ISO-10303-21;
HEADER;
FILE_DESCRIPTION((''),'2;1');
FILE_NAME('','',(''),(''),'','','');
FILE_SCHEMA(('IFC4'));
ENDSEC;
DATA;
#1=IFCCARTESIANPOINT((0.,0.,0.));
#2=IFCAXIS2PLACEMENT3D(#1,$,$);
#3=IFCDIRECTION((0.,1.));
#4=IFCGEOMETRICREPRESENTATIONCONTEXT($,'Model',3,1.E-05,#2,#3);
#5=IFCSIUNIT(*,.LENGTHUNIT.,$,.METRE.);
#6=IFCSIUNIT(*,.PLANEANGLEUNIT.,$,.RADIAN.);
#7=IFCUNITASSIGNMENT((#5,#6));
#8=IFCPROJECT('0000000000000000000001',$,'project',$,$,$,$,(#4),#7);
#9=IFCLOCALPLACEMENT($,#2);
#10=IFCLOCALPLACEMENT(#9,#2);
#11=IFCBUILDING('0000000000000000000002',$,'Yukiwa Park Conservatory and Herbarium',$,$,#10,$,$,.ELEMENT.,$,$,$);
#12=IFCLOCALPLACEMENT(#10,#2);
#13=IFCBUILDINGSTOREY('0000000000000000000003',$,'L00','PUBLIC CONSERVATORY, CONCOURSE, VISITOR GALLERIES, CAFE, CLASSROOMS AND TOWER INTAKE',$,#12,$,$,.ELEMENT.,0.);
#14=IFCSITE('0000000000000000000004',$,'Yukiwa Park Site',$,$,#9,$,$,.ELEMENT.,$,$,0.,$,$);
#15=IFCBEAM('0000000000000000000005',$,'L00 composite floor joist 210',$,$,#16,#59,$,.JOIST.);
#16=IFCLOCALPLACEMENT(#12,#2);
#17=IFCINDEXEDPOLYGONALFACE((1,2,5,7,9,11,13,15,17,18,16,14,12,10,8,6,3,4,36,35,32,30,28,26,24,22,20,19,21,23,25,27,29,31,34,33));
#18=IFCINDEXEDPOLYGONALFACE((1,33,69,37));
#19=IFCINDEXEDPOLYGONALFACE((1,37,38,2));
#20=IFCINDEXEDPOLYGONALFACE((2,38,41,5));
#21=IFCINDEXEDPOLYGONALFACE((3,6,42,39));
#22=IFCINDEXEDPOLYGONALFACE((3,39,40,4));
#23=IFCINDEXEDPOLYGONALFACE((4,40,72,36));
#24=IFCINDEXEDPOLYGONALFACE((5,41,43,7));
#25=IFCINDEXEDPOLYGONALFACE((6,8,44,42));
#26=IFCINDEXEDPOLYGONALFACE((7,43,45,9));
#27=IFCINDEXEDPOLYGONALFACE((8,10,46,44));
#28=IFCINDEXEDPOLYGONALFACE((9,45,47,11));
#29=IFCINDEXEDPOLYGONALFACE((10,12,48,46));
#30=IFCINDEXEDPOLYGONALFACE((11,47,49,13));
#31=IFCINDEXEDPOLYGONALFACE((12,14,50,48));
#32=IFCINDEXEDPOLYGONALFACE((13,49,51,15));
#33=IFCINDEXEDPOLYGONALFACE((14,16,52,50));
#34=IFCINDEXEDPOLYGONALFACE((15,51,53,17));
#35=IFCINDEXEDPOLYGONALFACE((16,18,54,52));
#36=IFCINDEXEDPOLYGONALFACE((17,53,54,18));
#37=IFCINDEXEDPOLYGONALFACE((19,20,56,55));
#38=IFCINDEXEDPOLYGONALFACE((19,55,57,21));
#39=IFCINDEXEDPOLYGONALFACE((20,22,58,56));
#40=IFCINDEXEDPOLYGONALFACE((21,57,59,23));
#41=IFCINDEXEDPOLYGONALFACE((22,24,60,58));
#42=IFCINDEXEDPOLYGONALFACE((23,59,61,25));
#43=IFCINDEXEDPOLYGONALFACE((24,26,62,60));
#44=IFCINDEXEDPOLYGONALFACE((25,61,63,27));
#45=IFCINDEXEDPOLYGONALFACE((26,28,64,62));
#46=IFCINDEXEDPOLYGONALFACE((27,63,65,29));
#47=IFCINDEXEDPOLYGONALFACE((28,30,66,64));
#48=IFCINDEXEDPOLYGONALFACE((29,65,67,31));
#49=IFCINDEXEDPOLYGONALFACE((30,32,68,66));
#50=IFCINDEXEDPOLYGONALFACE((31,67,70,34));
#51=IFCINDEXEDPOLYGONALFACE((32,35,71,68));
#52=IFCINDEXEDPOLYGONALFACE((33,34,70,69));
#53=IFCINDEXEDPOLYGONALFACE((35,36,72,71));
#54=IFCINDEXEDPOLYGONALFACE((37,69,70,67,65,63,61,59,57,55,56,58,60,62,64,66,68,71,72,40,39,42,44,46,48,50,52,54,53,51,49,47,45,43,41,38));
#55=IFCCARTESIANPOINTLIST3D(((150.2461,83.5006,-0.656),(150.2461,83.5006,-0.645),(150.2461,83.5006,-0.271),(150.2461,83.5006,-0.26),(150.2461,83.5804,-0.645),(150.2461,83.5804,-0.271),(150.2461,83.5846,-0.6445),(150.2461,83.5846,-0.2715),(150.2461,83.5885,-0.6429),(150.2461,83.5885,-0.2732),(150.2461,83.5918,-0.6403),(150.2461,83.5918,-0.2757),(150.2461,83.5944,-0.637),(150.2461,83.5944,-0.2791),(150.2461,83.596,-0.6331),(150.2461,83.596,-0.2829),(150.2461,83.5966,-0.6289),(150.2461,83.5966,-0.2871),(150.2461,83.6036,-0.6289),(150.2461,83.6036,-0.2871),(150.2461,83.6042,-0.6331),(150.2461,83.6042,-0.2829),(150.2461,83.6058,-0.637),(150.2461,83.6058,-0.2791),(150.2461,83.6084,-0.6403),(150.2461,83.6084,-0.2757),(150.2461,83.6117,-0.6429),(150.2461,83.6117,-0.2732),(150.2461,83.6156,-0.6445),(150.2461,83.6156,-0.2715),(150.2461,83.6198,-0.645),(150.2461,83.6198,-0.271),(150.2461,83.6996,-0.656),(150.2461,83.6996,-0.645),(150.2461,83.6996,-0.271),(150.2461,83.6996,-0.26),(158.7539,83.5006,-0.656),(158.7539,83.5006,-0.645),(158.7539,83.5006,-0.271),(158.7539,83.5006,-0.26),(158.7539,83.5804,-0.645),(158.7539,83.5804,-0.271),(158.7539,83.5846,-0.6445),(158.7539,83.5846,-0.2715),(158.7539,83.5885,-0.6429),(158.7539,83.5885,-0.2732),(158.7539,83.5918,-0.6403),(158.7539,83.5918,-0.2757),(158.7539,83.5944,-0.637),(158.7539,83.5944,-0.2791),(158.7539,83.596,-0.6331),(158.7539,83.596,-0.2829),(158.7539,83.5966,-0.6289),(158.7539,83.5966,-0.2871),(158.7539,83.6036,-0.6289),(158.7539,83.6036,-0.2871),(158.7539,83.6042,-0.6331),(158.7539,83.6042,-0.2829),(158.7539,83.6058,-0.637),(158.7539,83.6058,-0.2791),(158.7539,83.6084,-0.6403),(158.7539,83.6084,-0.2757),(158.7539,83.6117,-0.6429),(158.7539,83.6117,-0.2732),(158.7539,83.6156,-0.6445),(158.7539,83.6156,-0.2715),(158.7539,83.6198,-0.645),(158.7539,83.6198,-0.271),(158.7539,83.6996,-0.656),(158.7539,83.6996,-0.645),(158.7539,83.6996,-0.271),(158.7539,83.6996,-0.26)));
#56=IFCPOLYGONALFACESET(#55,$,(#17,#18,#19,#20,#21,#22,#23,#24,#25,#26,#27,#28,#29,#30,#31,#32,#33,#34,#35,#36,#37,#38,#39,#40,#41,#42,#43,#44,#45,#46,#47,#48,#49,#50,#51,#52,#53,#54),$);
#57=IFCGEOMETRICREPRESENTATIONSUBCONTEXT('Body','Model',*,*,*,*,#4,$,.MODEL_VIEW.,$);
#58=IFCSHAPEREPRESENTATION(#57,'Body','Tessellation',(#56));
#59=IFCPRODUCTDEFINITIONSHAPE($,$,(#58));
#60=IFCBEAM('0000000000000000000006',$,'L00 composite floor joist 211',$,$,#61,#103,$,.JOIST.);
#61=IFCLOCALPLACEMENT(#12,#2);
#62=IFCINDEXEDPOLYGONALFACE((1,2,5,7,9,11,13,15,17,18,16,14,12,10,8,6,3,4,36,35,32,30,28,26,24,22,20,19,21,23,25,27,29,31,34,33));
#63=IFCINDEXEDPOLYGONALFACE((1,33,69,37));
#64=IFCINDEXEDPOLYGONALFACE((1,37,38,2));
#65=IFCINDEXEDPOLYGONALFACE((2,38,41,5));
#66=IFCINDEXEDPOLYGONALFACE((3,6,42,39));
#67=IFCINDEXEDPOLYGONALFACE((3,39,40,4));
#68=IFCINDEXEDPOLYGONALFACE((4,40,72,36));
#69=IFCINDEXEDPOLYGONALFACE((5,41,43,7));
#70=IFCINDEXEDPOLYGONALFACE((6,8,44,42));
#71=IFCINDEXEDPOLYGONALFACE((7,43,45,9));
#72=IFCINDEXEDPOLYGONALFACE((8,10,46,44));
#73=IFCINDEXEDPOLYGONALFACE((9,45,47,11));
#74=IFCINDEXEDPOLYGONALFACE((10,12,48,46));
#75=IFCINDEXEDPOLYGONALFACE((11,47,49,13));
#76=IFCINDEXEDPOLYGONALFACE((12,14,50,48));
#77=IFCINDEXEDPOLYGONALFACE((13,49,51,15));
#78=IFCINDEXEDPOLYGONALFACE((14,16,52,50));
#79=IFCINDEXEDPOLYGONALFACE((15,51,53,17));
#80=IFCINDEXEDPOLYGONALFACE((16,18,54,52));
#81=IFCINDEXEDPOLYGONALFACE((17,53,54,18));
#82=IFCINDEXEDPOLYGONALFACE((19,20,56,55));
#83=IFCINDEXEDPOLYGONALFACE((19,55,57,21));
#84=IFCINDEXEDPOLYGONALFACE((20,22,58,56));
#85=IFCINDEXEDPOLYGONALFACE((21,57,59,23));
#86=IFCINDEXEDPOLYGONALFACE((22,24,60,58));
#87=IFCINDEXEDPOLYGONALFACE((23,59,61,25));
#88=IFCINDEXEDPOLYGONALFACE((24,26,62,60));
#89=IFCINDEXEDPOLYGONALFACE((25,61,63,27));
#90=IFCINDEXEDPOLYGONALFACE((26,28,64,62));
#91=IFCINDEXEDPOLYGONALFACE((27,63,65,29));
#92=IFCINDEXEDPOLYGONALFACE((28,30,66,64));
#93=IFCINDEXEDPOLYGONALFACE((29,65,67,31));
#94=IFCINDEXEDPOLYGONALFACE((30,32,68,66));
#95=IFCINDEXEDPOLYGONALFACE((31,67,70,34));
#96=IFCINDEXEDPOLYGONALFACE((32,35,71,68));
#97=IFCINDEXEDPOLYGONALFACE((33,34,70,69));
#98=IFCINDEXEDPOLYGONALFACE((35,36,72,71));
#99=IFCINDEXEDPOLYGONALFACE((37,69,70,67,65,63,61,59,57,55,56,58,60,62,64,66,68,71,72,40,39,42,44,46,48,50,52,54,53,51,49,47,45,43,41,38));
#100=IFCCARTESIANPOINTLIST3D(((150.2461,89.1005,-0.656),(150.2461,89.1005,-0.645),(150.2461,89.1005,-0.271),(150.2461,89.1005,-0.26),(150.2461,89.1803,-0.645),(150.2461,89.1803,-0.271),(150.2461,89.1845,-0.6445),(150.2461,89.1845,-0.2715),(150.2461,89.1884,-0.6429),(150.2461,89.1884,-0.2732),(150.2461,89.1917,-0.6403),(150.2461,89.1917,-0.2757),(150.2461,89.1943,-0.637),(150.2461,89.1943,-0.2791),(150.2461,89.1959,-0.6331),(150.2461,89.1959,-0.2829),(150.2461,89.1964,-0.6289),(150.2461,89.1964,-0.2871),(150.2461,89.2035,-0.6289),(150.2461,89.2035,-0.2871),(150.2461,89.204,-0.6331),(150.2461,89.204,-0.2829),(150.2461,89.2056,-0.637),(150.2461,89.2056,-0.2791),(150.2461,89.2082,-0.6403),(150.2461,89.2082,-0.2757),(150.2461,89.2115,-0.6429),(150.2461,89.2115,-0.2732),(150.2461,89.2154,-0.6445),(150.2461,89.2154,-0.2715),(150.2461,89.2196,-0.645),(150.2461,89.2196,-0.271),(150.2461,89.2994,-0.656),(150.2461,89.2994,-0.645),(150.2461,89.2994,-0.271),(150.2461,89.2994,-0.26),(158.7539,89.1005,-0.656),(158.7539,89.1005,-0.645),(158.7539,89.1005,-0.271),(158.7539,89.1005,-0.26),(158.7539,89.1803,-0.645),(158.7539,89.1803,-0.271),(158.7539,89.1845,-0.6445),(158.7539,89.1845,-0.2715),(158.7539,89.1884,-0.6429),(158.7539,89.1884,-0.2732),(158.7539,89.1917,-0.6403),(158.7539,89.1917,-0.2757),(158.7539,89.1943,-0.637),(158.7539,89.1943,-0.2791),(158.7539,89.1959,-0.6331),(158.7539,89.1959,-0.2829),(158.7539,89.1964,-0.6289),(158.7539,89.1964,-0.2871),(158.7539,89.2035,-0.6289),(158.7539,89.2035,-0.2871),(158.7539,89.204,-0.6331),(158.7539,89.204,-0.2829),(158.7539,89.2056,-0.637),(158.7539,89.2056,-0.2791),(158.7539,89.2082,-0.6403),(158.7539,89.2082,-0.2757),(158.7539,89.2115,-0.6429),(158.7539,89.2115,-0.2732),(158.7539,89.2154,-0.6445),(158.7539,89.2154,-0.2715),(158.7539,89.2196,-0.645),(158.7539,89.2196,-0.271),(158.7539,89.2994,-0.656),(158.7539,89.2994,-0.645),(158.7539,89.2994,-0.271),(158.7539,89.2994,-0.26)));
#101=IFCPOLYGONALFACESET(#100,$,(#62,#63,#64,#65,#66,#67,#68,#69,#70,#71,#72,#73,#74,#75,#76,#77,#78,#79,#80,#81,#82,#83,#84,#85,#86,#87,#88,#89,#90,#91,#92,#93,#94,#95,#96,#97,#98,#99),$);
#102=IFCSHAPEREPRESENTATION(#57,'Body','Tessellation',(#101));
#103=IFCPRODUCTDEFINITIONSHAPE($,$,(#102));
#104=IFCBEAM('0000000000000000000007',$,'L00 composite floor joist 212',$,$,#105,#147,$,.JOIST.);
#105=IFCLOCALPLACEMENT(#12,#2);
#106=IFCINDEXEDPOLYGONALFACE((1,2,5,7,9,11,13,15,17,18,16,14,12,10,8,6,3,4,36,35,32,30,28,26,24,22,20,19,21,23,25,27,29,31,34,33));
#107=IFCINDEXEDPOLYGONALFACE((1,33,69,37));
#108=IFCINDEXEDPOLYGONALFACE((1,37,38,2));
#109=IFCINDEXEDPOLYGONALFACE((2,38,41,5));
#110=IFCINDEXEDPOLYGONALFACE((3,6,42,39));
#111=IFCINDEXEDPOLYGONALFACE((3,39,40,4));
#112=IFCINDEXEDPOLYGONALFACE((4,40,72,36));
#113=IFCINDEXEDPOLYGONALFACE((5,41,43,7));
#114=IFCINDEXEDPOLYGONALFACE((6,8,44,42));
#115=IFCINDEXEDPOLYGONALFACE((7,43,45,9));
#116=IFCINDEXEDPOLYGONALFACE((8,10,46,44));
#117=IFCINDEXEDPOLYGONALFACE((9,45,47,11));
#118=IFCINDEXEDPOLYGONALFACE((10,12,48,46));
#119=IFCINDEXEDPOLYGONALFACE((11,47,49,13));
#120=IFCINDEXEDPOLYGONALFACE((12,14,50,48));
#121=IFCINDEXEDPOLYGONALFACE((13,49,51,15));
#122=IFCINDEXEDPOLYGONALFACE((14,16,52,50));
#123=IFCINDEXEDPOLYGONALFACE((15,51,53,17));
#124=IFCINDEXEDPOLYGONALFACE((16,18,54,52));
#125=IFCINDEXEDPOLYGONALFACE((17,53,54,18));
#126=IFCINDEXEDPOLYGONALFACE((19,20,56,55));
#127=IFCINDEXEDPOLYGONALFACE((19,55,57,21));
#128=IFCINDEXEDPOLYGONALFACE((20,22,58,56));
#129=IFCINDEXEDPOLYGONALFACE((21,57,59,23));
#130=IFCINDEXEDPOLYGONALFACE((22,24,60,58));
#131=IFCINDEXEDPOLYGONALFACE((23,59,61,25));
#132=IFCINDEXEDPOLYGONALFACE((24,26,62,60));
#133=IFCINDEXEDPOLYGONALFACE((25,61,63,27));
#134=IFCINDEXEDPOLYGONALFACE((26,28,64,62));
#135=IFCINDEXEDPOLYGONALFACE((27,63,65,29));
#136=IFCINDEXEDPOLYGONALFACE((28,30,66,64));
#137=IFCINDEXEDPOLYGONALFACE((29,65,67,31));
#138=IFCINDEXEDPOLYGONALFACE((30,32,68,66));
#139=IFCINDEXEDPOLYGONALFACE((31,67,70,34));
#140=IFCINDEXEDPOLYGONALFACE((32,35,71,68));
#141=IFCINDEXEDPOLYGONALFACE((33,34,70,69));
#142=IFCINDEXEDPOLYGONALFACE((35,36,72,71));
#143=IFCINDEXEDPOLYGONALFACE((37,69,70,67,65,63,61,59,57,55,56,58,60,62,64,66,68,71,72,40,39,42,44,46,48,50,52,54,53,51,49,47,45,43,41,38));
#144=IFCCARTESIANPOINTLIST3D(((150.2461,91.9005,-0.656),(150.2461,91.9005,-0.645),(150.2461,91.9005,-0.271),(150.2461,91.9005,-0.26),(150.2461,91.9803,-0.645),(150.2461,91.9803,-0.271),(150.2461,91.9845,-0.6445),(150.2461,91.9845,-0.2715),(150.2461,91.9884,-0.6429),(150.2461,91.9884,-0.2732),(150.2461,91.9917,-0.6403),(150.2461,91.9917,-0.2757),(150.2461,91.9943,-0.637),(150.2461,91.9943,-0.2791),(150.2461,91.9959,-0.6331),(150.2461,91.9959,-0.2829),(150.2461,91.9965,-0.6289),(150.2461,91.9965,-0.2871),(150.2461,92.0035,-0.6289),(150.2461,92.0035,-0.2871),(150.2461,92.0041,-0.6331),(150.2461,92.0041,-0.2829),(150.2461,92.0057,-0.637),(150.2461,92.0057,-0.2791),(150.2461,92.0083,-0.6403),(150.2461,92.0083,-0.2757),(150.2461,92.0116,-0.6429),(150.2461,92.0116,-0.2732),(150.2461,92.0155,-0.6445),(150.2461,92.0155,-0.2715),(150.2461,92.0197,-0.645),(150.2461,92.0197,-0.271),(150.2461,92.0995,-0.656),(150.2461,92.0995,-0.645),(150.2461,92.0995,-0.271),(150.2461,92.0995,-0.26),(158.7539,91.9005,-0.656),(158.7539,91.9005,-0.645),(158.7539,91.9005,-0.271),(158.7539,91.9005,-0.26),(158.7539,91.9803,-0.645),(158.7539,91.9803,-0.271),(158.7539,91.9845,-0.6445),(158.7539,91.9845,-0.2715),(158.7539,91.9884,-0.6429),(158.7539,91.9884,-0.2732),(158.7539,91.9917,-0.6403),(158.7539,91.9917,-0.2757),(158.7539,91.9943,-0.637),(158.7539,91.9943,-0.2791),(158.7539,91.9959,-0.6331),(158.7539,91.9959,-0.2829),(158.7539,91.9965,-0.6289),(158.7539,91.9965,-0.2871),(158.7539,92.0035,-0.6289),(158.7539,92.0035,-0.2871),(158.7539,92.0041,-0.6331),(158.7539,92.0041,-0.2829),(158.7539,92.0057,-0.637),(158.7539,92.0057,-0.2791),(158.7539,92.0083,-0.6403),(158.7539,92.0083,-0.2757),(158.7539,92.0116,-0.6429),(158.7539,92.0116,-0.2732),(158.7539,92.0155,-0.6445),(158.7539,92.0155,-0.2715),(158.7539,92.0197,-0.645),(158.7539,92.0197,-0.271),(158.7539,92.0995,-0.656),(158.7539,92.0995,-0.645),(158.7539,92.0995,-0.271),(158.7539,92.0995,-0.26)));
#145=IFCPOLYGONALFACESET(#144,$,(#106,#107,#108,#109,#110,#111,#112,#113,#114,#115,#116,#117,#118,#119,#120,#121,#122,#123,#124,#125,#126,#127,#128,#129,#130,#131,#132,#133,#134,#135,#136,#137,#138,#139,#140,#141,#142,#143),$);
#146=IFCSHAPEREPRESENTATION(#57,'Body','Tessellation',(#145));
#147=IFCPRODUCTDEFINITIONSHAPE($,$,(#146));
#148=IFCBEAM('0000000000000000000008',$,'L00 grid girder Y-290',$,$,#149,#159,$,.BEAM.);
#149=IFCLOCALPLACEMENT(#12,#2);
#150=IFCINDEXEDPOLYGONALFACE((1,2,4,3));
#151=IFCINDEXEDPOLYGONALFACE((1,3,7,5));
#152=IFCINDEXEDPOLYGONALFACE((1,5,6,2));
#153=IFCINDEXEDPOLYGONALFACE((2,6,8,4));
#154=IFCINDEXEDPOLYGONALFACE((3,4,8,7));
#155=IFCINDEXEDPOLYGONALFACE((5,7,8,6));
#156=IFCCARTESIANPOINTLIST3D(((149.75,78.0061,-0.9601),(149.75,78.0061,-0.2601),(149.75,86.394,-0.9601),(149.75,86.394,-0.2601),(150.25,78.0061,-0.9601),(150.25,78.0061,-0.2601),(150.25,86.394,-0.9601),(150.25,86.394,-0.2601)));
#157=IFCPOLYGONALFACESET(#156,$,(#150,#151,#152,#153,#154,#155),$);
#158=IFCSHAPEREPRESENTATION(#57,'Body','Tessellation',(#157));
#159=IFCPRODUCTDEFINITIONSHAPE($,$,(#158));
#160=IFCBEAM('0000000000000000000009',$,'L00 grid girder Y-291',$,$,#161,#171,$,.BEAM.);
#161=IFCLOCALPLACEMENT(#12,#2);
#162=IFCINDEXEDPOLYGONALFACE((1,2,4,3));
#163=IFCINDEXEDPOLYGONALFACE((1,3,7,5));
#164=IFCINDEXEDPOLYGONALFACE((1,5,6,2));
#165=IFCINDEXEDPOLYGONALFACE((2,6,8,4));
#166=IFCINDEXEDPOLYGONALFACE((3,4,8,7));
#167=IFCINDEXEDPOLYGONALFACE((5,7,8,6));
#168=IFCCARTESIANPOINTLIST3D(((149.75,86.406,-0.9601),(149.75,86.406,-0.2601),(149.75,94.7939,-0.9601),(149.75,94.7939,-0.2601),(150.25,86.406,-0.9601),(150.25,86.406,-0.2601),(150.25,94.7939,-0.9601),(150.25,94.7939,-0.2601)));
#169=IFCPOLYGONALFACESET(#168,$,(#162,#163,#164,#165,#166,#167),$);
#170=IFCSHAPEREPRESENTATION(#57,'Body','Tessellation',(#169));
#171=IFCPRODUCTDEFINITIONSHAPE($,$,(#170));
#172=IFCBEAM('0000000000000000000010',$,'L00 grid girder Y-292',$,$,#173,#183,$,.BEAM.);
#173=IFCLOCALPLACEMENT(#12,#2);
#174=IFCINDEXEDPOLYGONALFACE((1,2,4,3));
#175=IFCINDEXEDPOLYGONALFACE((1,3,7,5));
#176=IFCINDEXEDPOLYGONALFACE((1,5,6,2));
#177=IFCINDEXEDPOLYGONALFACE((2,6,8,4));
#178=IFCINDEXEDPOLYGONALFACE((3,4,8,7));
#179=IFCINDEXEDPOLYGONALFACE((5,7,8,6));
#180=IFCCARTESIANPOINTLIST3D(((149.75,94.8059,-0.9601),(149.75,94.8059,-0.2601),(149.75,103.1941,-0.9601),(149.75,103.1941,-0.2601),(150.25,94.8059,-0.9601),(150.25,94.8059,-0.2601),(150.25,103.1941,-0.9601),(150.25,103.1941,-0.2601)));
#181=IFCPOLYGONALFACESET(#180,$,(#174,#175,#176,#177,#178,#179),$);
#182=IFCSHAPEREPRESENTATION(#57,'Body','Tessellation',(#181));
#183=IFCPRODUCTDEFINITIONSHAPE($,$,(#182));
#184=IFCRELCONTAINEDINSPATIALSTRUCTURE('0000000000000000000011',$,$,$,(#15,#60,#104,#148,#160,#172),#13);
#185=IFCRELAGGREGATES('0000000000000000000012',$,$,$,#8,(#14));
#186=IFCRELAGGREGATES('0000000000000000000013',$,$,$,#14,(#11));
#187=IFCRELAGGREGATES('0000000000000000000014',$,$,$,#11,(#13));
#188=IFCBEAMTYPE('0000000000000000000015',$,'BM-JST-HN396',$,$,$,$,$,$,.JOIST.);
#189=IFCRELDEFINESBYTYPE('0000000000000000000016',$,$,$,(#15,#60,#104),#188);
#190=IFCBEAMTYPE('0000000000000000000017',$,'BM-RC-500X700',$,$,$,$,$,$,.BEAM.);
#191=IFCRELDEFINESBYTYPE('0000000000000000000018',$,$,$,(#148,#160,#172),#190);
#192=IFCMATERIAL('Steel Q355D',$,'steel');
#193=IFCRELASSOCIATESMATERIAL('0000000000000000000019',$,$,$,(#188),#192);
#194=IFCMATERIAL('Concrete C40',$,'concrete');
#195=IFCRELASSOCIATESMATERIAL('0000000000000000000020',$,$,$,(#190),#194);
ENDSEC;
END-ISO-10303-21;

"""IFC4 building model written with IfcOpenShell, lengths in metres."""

from ifc_helpers import new_model, si_unit, direction, frame, origin, origin_2d, place, context, subcontext, project, spatial, rectangle, i_section, extrude, material, material_profile, profile_set, type_object, element, save


model = new_model("IFC4")

# Units and contexts
model_context = context("Model", 3, precision=1e-05, world=origin(), true_north=direction((0.0, 1.0)))
body_context = subcontext(model_context, "Body", "Model", "MODEL_VIEW")
ifc_project = project(units=[si_unit("LENGTHUNIT", "METRE"), si_unit("PLANEANGLEUNIT", "RADIAN")], contexts=[model_context])

# Site, building, storey
site_placement = place(None, origin())
site = spatial("IfcSite", under=ifc_project, at=site_placement, Name="Yukiwa Park Site", CompositionType="ELEMENT", RefElevation=0.0)
building_placement = place(site_placement, origin())
building = spatial("IfcBuilding", under=site, at=building_placement, Name="Yukiwa Park Conservatory and Herbarium", CompositionType="ELEMENT")
storey_placement = place(building_placement, origin())
storey = spatial("IfcBuildingStorey", under=building, at=storey_placement, Name="L00", Description="PUBLIC CONSERVATORY, CONCOURSE, VISITOR GALLERIES, CAFE, CLASSROOMS AND TOWER INTAKE", CompositionType="ELEMENT", Elevation=0.0)

# Beams
ifc_material_1 = material(Name="Steel Q355D", Category="steel")
ifc_material_profile_1 = material_profile(ifc_material_1, i_section(OverallWidth=0.199, OverallDepth=0.396, WebThickness=0.0071, FlangeThickness=0.011, FilletRadius=0.0161, at=origin_2d()), Name="HN 396x199x7x11")
ifc_profile_set_1 = profile_set([ifc_material_profile_1], Name="Steel Q355D")
beam_type_1 = type_object("IfcBeamType", Name="BM-JST-HN396", PredefinedType="JOIST", material=ifc_profile_set_1)
for number, where, z_axis, x_axis, name in (
    (1, (150.2461, 83.6001, -0.458), (1.0, 0.0, 0.0), (0.0, 1.0, 0.0), "L00 composite floor joist 210"),
    (2, (150.2461, 89.2, -0.458), (1.0, 0.0, 0.0), (0.0, 1.0, 0.0), "L00 composite floor joist 211"),
    (3, (150.2461, 92.0, -0.458), (1.0, 0.0, 0.0), (0.0, 1.0, 0.0), "L00 composite floor joist 212"),
):
    element("IfcBeam", number, at=place(storey_placement, frame(where, z_axis=z_axis, x_axis=x_axis)), inside=storey, type_object=beam_type_1, Name=name, PredefinedType="JOIST", context=body_context, shape_type="SweptSolid", body=[
        extrude(i_section(OverallWidth=0.199, OverallDepth=0.396, WebThickness=0.0071, FlangeThickness=0.011, FilletRadius=0.0161, at=origin_2d()), origin(), (0.0, 0.0, 1.0), 8.5078),
    ])
ifc_material_2 = material(Name="Concrete C40", Category="concrete")
ifc_material_profile_2 = material_profile(ifc_material_2, rectangle(XDim=0.5, YDim=0.7, at=origin_2d()), Name="RC 500x700")
ifc_profile_set_2 = profile_set([ifc_material_profile_2], Name="Concrete C40")
beam_type_2 = type_object("IfcBeamType", Name="BM-RC-500X700", PredefinedType="BEAM", material=ifc_profile_set_2)
for number, where, z_axis, x_axis, name in (
    (4, (150.0, 78.0061, -0.6101), (0.0, 1.0, 0.0), (-1.0, 0.0, 0.0), "L00 grid girder Y-290"),
    (5, (150.0, 86.406, -0.6101), (0.0, 1.0, 0.0), (-1.0, 0.0, 0.0), "L00 grid girder Y-291"),
):
    element("IfcBeam", number, at=place(storey_placement, frame(where, z_axis=z_axis, x_axis=x_axis)), inside=storey, type_object=beam_type_2, Name=name, PredefinedType="BEAM", context=body_context, shape_type="SweptSolid", body=[
        extrude(rectangle(XDim=0.5, YDim=0.7, at=origin_2d()), origin(), (0.0, 0.0, 1.0), 8.3879),
    ])
beam_placement = place(storey_placement, frame((150.0, 94.8059, -0.6101), z_axis=(0.0, 1.0, 0.0), x_axis=(-1.0, 0.0, 0.0)))
element("IfcBeam", 6, at=beam_placement, inside=storey, type_object=beam_type_2, Name="L00 grid girder Y-292", PredefinedType="BEAM", context=body_context, shape_type="SweptSolid", body=[
    extrude(rectangle(XDim=0.5, YDim=0.7, at=origin_2d()), origin(), (0.0, 0.0, 1.0), 8.3882),
])

save(model, "model.ifc")
